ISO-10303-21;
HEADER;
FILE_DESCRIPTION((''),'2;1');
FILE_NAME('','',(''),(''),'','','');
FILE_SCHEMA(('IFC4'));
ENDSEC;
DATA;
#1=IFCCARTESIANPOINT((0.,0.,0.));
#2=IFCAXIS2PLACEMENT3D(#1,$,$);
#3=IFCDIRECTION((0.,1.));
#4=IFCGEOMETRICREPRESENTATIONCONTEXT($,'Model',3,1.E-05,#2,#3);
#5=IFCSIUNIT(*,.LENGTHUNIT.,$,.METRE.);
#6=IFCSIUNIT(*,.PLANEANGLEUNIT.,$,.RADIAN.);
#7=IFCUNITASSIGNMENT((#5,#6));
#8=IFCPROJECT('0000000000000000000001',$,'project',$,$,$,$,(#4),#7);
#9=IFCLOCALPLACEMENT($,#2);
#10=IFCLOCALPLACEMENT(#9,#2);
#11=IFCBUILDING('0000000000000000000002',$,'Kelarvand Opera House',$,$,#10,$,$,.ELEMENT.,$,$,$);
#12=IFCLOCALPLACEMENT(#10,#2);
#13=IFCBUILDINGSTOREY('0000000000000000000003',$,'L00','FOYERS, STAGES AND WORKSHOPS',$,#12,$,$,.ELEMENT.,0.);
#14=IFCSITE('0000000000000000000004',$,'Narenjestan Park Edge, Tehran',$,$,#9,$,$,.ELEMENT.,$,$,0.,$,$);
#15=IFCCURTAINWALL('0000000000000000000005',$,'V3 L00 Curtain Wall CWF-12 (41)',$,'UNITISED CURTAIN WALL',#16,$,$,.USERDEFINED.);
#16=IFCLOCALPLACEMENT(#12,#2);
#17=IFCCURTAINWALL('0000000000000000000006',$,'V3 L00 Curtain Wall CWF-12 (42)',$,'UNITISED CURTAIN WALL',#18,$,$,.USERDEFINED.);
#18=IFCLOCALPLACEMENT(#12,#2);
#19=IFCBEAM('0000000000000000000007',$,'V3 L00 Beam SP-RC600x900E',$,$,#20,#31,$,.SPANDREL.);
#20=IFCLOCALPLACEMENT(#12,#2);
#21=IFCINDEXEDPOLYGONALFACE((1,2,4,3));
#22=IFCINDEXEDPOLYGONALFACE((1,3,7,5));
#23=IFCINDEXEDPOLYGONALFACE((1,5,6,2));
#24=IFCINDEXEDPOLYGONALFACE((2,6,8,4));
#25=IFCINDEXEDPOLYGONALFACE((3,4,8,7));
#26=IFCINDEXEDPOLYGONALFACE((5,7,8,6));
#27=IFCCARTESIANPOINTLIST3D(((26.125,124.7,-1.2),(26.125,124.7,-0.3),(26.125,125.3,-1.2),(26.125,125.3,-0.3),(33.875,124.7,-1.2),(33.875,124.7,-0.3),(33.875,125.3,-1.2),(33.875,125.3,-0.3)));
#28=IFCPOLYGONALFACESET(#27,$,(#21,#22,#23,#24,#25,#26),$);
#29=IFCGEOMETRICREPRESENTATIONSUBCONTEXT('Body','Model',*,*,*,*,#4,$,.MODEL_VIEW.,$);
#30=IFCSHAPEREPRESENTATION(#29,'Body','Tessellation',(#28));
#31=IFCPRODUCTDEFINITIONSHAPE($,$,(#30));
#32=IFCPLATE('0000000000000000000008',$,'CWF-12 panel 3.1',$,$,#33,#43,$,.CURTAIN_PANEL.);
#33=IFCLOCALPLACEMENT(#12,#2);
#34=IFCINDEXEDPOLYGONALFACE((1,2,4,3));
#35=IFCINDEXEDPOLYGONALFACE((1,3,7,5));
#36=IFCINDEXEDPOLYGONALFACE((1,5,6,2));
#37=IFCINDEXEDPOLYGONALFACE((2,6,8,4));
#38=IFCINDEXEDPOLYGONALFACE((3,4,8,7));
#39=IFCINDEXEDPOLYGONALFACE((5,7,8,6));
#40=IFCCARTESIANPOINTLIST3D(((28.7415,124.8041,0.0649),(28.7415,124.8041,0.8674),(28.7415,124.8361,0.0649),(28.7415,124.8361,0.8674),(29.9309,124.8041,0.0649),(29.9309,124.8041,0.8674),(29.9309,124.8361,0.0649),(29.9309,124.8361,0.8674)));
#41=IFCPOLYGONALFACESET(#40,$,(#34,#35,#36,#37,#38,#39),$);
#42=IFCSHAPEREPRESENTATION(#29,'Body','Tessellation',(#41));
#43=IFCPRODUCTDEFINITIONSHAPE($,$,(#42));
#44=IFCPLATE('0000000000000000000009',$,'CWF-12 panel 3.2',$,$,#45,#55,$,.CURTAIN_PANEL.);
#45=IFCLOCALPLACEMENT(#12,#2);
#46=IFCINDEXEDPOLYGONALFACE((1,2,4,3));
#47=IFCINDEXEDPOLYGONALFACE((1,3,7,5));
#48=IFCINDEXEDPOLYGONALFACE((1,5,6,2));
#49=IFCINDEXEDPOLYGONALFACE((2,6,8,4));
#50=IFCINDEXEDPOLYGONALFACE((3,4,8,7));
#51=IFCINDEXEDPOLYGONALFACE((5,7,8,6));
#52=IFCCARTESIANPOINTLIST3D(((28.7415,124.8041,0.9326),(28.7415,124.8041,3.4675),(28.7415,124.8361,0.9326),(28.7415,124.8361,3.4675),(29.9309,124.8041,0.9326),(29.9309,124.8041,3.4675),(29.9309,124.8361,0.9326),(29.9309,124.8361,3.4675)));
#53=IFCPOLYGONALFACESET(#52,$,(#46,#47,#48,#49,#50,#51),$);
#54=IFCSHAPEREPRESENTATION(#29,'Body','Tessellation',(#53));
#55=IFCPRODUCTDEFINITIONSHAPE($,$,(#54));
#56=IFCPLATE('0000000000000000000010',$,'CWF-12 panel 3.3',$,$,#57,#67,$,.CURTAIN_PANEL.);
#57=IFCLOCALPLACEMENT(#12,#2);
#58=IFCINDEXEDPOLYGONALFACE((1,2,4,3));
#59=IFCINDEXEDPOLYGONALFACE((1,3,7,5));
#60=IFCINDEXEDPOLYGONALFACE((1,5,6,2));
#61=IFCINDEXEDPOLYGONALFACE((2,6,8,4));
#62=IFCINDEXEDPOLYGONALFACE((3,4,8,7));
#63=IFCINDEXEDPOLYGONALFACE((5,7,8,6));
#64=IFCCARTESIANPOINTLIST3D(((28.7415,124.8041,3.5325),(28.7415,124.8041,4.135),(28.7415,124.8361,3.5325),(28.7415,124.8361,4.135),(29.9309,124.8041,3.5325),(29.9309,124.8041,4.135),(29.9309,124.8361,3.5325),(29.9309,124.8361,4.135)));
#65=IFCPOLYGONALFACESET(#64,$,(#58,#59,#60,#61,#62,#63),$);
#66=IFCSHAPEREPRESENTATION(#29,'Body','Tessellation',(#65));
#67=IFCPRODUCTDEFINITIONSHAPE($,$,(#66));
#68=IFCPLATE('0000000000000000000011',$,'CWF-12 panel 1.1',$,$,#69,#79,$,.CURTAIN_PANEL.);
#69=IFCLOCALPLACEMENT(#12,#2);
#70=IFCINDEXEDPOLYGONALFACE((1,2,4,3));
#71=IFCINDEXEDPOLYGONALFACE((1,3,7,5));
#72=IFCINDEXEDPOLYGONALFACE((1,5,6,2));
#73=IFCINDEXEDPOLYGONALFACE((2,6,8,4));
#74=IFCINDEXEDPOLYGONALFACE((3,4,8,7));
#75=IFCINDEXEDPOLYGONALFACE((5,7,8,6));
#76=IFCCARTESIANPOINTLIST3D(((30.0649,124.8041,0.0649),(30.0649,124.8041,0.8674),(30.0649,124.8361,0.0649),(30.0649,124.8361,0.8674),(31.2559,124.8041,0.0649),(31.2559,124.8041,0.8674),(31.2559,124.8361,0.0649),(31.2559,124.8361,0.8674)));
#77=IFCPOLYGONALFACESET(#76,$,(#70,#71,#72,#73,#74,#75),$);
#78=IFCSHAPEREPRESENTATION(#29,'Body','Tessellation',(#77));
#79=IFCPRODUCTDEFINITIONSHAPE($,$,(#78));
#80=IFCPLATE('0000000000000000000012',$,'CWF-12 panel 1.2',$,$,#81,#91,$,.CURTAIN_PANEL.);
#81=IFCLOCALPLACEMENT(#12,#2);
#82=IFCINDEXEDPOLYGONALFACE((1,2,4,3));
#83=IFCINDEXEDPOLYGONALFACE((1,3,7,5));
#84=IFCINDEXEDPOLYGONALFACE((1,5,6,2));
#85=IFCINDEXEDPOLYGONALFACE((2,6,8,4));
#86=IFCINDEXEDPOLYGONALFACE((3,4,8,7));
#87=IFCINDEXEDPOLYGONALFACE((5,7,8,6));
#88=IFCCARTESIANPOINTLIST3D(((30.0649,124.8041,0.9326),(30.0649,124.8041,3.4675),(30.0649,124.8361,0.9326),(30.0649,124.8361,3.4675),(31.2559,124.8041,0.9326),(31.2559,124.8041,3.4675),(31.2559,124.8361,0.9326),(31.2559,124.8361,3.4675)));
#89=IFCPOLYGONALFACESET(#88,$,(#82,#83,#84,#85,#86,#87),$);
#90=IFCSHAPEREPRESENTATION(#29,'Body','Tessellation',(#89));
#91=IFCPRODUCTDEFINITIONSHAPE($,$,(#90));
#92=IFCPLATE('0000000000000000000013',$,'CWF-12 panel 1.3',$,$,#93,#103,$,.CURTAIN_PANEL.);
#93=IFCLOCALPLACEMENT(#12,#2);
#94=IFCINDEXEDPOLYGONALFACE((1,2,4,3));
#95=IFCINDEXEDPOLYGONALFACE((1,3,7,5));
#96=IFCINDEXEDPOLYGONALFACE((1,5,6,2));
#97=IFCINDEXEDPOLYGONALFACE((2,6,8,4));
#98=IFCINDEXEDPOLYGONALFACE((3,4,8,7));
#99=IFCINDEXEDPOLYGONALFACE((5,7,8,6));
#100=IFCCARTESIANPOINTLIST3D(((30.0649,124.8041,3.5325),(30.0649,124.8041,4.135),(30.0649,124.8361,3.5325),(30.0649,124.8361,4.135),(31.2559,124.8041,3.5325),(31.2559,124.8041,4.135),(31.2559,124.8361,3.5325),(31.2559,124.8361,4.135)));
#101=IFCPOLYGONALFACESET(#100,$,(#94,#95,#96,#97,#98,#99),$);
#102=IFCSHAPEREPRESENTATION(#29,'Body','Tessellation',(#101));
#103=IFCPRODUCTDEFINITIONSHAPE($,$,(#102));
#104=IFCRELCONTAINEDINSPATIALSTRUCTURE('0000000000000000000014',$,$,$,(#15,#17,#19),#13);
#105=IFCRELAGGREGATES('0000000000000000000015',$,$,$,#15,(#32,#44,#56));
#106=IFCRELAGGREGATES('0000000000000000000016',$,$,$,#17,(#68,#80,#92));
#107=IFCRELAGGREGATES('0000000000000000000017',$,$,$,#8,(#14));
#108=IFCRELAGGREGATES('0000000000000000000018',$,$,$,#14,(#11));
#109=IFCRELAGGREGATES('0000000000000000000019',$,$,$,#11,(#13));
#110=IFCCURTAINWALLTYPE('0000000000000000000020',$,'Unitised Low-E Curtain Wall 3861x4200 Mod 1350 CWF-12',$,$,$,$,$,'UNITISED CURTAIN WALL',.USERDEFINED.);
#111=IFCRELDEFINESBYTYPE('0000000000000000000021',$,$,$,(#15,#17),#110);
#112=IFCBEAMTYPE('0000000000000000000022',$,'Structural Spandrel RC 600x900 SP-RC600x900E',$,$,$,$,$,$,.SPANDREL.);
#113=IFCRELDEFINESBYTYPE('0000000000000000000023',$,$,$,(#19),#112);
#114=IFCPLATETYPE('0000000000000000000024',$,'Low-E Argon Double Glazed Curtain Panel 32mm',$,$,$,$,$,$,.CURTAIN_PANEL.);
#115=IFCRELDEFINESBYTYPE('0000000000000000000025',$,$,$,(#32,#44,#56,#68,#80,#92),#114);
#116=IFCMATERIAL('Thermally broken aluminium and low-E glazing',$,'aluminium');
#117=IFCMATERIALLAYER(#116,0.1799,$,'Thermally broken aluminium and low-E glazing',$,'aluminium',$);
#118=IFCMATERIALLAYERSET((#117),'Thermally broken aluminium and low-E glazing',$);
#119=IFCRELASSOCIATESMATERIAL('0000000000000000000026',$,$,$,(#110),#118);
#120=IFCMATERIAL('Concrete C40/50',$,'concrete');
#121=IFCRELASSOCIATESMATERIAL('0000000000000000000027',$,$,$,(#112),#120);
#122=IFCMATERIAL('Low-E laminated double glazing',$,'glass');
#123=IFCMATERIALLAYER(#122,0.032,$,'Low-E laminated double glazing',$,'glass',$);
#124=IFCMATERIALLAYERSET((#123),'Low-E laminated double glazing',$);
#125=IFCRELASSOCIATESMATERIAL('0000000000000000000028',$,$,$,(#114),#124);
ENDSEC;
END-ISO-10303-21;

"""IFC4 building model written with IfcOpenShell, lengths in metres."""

from ifc_helpers import new_model, si_unit, direction, frame, origin, origin_2d, place, context, subcontext, project, spatial, rectangle, extrude, material, layer, layer_set, material_profile, profile_set, type_object, element, aggregate, save


model = new_model("IFC4")

# Units and contexts
model_context = context("Model", 3, precision=1e-05, world=origin(), true_north=direction((0.0, 1.0)))
body_context = subcontext(model_context, "Body", "Model", "MODEL_VIEW")
ifc_project = project(units=[si_unit("LENGTHUNIT", "METRE"), si_unit("PLANEANGLEUNIT", "RADIAN")], contexts=[model_context])

# Site, building, storey
site_placement = place(None, origin())
site = spatial("IfcSite", under=ifc_project, at=site_placement, Name="Narenjestan Park Edge, Tehran", CompositionType="ELEMENT", RefElevation=0.0)
building_placement = place(site_placement, origin())
building = spatial("IfcBuilding", under=site, at=building_placement, Name="Kelarvand Opera House", CompositionType="ELEMENT")
storey_placement = place(building_placement, origin())
storey = spatial("IfcBuildingStorey", under=building, at=storey_placement, Name="L00", Description="FOYERS, STAGES AND WORKSHOPS", CompositionType="ELEMENT", Elevation=0.0)

# Curtain wall
ifc_material_1 = material(Name="Thermally broken aluminium and low-E glazing", Category="aluminium")
ifc_layer_1 = layer(ifc_material_1, 0.1799, Name="Thermally broken aluminium and low-E glazing", Category="aluminium")
ifc_layer_set_1 = layer_set([ifc_layer_1], Name="Thermally broken aluminium and low-E glazing")
curtain_wall_type = type_object("IfcCurtainWallType", Name="Unitised Low-E Curtain Wall 3861x4200 Mod 1350 CWF-12", ElementType="UNITISED CURTAIN WALL", PredefinedType="USERDEFINED", material=ifc_layer_set_1)
curtain_wall_1_placement = place(storey_placement, origin())
curtain_wall_1 = element("IfcCurtainWall", 1, at=curtain_wall_1_placement, inside=storey, type_object=curtain_wall_type, Name="V3 L00 Curtain Wall CWF-12 (41)", ObjectType="UNITISED CURTAIN WALL", PredefinedType="USERDEFINED")

# Curtain wall
curtain_wall_2_placement = place(storey_placement, origin())
curtain_wall_2 = element("IfcCurtainWall", 2, at=curtain_wall_2_placement, inside=storey, type_object=curtain_wall_type, Name="V3 L00 Curtain Wall CWF-12 (42)", ObjectType="UNITISED CURTAIN WALL", PredefinedType="USERDEFINED")

# Beam
ifc_material_2 = material(Name="Concrete C40/50", Category="concrete")
ifc_material_profile_1 = material_profile(ifc_material_2, rectangle(XDim=0.6001, YDim=0.8999, at=origin_2d()), Name="RC 600x900", Category="concrete")
ifc_profile_set_1 = profile_set([ifc_material_profile_1], Name="Concrete C40/50")
beam_type = type_object("IfcBeamType", Name="Structural Spandrel RC 600x900 SP-RC600x900E", PredefinedType="SPANDREL", material=ifc_profile_set_1)
beam_placement = place(storey_placement, frame((26.125, 125.0, -0.75), z_axis=(1.0, 0.0, 0.0), x_axis=(0.0, 1.0, 0.0)))
element("IfcBeam", 3, at=beam_placement, inside=storey, type_object=beam_type, Name="V3 L00 Beam SP-RC600x900E", PredefinedType="SPANDREL", context=body_context, shape_type="SweptSolid", body=[
    extrude(rectangle(XDim=0.6001, YDim=0.8999, at=origin_2d()), origin(), (0.0, 0.0, 1.0), 7.75),
])

# Plates
ifc_material_3 = material(Name="Low-E laminated double glazing", Category="glass")
ifc_layer_2 = layer(ifc_material_3, 0.032, Name="Low-E laminated double glazing", Category="glass")
ifc_layer_set_2 = layer_set([ifc_layer_2], Name="Low-E laminated double glazing")
plate_type = type_object("IfcPlateType", Name="Low-E Argon Double Glazed Curtain Panel 32mm", PredefinedType="CURTAIN_PANEL", material=ifc_layer_set_2)
plate_1_placement = place(storey_placement, frame((29.3362, 124.8201, 0.0649), z_axis=(0.0, 0.0, 1.0), x_axis=(1.0, 0.0, 0.0)))
plate_1 = element("IfcPlate", 4, at=plate_1_placement, type_object=plate_type, Name="CWF-12 panel 3.1", PredefinedType="CURTAIN_PANEL", context=body_context, shape_type="SweptSolid", body=[
    extrude(rectangle(XDim=1.1895, YDim=0.032, at=origin_2d()), origin(), (0.0, 0.0, 1.0), 0.8025),
])
plate_2_placement = place(storey_placement, frame((29.3362, 124.8201, 0.9326), z_axis=(0.0, 0.0, 1.0), x_axis=(1.0, 0.0, 0.0)))
plate_2 = element("IfcPlate", 5, at=plate_2_placement, type_object=plate_type, Name="CWF-12 panel 3.2", PredefinedType="CURTAIN_PANEL", context=body_context, shape_type="SweptSolid", body=[
    extrude(rectangle(XDim=1.1895, YDim=0.032, at=origin_2d()), origin(), (0.0, 0.0, 1.0), 2.5349),
])
plate_3_placement = place(storey_placement, frame((29.3362, 124.8201, 3.5325), z_axis=(0.0, 0.0, 1.0), x_axis=(1.0, 0.0, 0.0)))
plate_3 = element("IfcPlate", 6, at=plate_3_placement, type_object=plate_type, Name="CWF-12 panel 3.3", PredefinedType="CURTAIN_PANEL", context=body_context, shape_type="SweptSolid", body=[
    extrude(rectangle(XDim=1.1895, YDim=0.032, at=origin_2d()), origin(), (0.0, 0.0, 1.0), 0.6025),
])
aggregate(curtain_wall_1, [plate_1, plate_2, plate_3])
plate_4_placement = place(storey_placement, frame((30.6604, 124.8201, 0.0649), z_axis=(0.0, 0.0, 1.0), x_axis=(1.0, 0.0, 0.0)))
plate_4 = element("IfcPlate", 7, at=plate_4_placement, type_object=plate_type, Name="CWF-12 panel 1.1", PredefinedType="CURTAIN_PANEL", context=body_context, shape_type="SweptSolid", body=[
    extrude(rectangle(XDim=1.1909, YDim=0.032, at=origin_2d()), origin(), (0.0, 0.0, 1.0), 0.8025),
])
plate_5_placement = place(storey_placement, frame((30.6604, 124.8201, 0.9326), z_axis=(0.0, 0.0, 1.0), x_axis=(1.0, 0.0, 0.0)))
plate_5 = element("IfcPlate", 8, at=plate_5_placement, type_object=plate_type, Name="CWF-12 panel 1.2", PredefinedType="CURTAIN_PANEL", context=body_context, shape_type="SweptSolid", body=[
    extrude(rectangle(XDim=1.1909, YDim=0.032, at=origin_2d()), origin(), (0.0, 0.0, 1.0), 2.5349),
])
plate_6_placement = place(storey_placement, frame((30.6604, 124.8201, 3.5325), z_axis=(0.0, 0.0, 1.0), x_axis=(1.0, 0.0, 0.0)))
plate_6 = element("IfcPlate", 9, at=plate_6_placement, type_object=plate_type, Name="CWF-12 panel 1.3", PredefinedType="CURTAIN_PANEL", context=body_context, shape_type="SweptSolid", body=[
    extrude(rectangle(XDim=1.1909, YDim=0.032, at=origin_2d()), origin(), (0.0, 0.0, 1.0), 0.6025),
])
aggregate(curtain_wall_2, [plate_4, plate_5, plate_6])

save(model, "model.ifc")
